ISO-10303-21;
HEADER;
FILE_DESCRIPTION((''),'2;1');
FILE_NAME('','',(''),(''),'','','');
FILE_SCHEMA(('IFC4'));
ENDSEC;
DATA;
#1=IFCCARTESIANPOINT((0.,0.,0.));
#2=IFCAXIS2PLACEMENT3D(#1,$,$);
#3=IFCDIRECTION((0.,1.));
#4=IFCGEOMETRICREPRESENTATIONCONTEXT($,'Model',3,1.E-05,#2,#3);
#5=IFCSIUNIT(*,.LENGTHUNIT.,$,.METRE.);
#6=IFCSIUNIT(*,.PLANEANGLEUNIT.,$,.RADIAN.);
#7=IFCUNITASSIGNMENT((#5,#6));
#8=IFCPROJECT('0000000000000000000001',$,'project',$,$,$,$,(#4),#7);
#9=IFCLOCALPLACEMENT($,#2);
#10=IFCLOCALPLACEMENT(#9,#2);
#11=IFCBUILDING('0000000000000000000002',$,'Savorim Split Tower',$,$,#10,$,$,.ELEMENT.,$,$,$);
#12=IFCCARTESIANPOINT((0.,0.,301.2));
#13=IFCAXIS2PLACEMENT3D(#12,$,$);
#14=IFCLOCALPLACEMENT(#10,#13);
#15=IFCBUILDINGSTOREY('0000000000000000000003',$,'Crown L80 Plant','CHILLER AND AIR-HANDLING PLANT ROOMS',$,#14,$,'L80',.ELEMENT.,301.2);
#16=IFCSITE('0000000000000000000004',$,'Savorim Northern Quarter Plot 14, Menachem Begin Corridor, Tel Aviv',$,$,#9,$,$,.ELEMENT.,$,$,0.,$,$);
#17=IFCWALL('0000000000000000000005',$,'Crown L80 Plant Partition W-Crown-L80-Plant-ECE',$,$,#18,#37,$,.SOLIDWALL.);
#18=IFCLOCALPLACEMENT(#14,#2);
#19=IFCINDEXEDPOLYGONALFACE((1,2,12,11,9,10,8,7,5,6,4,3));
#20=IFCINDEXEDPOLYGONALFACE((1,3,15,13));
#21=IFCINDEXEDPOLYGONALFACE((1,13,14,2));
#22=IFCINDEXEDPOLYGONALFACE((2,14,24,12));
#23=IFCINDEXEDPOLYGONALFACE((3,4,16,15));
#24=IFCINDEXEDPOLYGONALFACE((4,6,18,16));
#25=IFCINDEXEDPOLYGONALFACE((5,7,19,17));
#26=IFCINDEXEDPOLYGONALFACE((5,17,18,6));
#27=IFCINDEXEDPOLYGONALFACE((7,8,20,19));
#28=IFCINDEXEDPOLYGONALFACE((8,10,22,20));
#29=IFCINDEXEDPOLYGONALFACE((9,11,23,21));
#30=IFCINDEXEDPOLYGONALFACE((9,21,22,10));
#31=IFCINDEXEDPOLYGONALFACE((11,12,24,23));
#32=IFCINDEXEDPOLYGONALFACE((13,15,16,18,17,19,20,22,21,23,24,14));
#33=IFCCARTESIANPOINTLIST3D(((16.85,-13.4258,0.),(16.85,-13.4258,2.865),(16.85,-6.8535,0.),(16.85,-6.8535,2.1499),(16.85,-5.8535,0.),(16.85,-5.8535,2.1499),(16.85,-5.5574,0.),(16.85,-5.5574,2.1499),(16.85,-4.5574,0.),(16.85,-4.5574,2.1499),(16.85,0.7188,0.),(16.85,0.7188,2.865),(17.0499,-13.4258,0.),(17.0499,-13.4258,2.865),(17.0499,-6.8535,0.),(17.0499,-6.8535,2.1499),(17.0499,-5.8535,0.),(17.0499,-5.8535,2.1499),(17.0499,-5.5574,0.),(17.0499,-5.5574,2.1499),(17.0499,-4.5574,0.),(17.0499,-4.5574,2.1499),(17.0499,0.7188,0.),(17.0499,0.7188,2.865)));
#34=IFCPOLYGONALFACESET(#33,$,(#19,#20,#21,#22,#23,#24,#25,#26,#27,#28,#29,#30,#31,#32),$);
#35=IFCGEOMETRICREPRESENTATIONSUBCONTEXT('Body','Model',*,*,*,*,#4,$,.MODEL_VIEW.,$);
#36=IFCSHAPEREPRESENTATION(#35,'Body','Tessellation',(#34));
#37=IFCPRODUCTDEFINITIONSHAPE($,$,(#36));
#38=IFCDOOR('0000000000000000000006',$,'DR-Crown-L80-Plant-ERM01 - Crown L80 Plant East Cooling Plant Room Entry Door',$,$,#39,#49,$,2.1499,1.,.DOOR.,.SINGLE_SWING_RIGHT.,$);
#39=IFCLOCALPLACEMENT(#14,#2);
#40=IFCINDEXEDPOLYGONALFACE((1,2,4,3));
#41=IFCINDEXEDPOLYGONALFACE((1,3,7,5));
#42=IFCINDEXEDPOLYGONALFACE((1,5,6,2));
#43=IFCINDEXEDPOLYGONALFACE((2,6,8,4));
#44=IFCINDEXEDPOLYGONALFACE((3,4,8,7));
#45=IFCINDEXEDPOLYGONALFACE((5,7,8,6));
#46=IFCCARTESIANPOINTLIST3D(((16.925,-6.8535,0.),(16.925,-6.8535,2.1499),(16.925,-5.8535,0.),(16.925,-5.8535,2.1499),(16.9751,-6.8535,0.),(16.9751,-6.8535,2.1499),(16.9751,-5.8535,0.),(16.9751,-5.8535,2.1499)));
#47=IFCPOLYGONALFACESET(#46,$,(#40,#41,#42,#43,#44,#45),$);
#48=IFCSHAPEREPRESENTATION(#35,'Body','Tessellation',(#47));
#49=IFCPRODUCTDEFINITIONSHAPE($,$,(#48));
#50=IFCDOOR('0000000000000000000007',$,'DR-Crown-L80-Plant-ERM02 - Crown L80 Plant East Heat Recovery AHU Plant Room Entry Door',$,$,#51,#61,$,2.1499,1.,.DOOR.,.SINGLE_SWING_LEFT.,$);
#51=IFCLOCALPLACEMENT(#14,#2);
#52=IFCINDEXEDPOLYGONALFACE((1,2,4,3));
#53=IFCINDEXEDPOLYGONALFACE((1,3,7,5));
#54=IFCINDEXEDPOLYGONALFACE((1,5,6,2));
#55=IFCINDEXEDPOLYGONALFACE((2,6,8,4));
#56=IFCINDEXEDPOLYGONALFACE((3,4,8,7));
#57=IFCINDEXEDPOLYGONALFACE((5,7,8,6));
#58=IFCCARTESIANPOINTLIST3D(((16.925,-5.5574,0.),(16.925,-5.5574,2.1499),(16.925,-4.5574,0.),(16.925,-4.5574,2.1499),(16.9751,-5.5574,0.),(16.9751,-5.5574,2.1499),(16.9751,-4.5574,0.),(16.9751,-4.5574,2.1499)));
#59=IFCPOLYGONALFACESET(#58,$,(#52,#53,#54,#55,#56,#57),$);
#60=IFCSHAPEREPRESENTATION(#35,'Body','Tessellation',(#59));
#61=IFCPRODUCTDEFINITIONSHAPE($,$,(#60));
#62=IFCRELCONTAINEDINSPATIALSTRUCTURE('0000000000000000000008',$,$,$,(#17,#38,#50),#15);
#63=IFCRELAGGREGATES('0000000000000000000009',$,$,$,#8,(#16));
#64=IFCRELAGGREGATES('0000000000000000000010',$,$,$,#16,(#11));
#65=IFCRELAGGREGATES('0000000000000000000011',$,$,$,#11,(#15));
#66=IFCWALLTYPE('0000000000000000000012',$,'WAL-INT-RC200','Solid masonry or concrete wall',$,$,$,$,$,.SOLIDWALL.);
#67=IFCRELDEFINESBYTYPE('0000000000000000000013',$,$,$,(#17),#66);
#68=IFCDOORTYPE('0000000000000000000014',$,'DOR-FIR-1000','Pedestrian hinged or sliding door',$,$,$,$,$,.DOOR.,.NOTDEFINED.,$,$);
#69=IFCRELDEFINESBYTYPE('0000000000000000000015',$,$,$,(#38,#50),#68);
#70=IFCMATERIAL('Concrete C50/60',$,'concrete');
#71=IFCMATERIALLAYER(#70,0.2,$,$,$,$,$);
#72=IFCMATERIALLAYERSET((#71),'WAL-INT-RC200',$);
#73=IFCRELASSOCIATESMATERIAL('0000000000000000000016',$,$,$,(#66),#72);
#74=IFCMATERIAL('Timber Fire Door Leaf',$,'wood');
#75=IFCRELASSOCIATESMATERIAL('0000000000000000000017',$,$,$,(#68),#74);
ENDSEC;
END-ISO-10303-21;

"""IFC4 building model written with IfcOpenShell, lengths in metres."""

from ifc_helpers import new_model, si_unit, direction, frame, frame_2d, origin, place, context, subcontext, project, spatial, rectangle, extrude, material, layer, layer_set, type_object, element, fill, save


model = new_model("IFC4")

# Units and contexts
model_context = context("Model", 3, precision=1e-05, world=origin(), true_north=direction((0.0, 1.0)))
body_context = subcontext(model_context, "Body", "Model", "MODEL_VIEW")
ifc_project = project(units=[si_unit("LENGTHUNIT", "METRE"), si_unit("PLANEANGLEUNIT", "RADIAN")], contexts=[model_context])

# Site, building, storey
site_placement = place(None, origin())
site = spatial("IfcSite", under=ifc_project, at=site_placement, Name="Savorim Northern Quarter Plot 14, Menachem Begin Corridor, Tel Aviv", CompositionType="ELEMENT", RefElevation=0.0)
building_placement = place(site_placement, origin())
building = spatial("IfcBuilding", under=site, at=building_placement, Name="Savorim Split Tower", CompositionType="ELEMENT")
storey_placement = place(building_placement, frame((0.0, 0.0, 301.2)))
storey = spatial("IfcBuildingStorey", under=building, at=storey_placement, Name="Crown L80 Plant", Description="CHILLER AND AIR-HANDLING PLANT ROOMS", LongName="L80", CompositionType="ELEMENT", Elevation=301.2)

# Wall, openings, doors
ifc_material_1 = material(Name="Concrete C50/60", Category="concrete")
ifc_layer_1 = layer(ifc_material_1, 0.2)
ifc_layer_set_1 = layer_set([ifc_layer_1], Name="WAL-INT-RC200")
wall_type = type_object("IfcWallType", Name="WAL-INT-RC200", Description="Solid masonry or concrete wall", PredefinedType="SOLIDWALL", material=ifc_layer_set_1)
wall_placement = place(storey_placement, frame((16.95, -13.4258, 0.0), z_axis=(0.0, 0.0, 1.0), x_axis=(0.0, 1.0, 0.0)))
wall = element("IfcWall", 1, at=wall_placement, inside=storey, type_object=wall_type, Name="Crown L80 Plant Partition W-Crown-L80-Plant-ECE", PredefinedType="SOLIDWALL", context=body_context, shape_type="SweptSolid", body=[
    extrude(rectangle(XDim=14.1445, YDim=0.2, at=frame_2d((7.0723, 0.0))), origin(), (0.0, 0.0, 1.0), 2.865),
])
opening_1_placement = place(wall_placement, frame((6.5723, 0.0, 0.0)))
opening_1 = element("IfcOpeningElement", 2, at=opening_1_placement, cuts=wall, PredefinedType="OPENING", context=body_context, shape_type="SweptSolid", body=[
    extrude(rectangle(XDim=1.0, YDim=2.1499, at=frame_2d((0.5, 1.075))), frame((0.0, 0.1099, 0.0), z_axis=(0.0, -1.0, 0.0), x_axis=(1.0, 0.0, 0.0)), (0.0, 0.0, 1.0), 0.22),
])
opening_2_placement = place(wall_placement, frame((7.8684, 0.0, 0.0)))
opening_2 = element("IfcOpeningElement", 3, at=opening_2_placement, cuts=wall, PredefinedType="OPENING", context=body_context, shape_type="SweptSolid", body=[
    extrude(rectangle(XDim=1.0, YDim=2.1499, at=frame_2d((0.5, 1.075))), frame((0.0, 0.1099, 0.0), z_axis=(0.0, -1.0, 0.0), x_axis=(1.0, 0.0, 0.0)), (0.0, 0.0, 1.0), 0.22),
])
ifc_material_2 = material(Name="Timber Fire Door Leaf", Category="wood")
door_type = type_object("IfcDoorType", Name="DOR-FIR-1000", Description="Pedestrian hinged or sliding door", OperationType="NOTDEFINED", PredefinedType="DOOR", material=ifc_material_2)
door_1_placement = place(opening_1_placement, origin())
door_1 = element("IfcDoor", 4, at=door_1_placement, inside=storey, type_object=door_type, Name="DR-Crown-L80-Plant-ERM01 - Crown L80 Plant East Cooling Plant Room Entry Door", OperationType="SINGLE_SWING_RIGHT", OverallHeight=2.1499, OverallWidth=1.0, PredefinedType="DOOR", context=body_context, shape_type="SweptSolid", body=[
    extrude(rectangle(XDim=1.0, YDim=2.1499, at=frame_2d((0.5, 1.075))), frame((0.0, 0.0249, 0.0), z_axis=(0.0, -1.0, 0.0), x_axis=(1.0, 0.0, 0.0)), (0.0, 0.0, 1.0), 0.05),
])
fill(opening_1, door_1)
door_2_placement = place(opening_2_placement, origin())
door_2 = element("IfcDoor", 5, at=door_2_placement, inside=storey, type_object=door_type, Name="DR-Crown-L80-Plant-ERM02 - Crown L80 Plant East Heat Recovery AHU Plant Room Entry Door", OperationType="SINGLE_SWING_LEFT", OverallHeight=2.1499, OverallWidth=1.0, PredefinedType="DOOR", context=body_context, shape_type="SweptSolid", body=[
    extrude(rectangle(XDim=1.0, YDim=2.1499, at=frame_2d((0.5, 1.075))), frame((0.0, 0.0249, 0.0), z_axis=(0.0, -1.0, 0.0), x_axis=(1.0, 0.0, 0.0)), (0.0, 0.0, 1.0), 0.05),
])
fill(opening_2, door_2)

save(model, "model.ifc")
